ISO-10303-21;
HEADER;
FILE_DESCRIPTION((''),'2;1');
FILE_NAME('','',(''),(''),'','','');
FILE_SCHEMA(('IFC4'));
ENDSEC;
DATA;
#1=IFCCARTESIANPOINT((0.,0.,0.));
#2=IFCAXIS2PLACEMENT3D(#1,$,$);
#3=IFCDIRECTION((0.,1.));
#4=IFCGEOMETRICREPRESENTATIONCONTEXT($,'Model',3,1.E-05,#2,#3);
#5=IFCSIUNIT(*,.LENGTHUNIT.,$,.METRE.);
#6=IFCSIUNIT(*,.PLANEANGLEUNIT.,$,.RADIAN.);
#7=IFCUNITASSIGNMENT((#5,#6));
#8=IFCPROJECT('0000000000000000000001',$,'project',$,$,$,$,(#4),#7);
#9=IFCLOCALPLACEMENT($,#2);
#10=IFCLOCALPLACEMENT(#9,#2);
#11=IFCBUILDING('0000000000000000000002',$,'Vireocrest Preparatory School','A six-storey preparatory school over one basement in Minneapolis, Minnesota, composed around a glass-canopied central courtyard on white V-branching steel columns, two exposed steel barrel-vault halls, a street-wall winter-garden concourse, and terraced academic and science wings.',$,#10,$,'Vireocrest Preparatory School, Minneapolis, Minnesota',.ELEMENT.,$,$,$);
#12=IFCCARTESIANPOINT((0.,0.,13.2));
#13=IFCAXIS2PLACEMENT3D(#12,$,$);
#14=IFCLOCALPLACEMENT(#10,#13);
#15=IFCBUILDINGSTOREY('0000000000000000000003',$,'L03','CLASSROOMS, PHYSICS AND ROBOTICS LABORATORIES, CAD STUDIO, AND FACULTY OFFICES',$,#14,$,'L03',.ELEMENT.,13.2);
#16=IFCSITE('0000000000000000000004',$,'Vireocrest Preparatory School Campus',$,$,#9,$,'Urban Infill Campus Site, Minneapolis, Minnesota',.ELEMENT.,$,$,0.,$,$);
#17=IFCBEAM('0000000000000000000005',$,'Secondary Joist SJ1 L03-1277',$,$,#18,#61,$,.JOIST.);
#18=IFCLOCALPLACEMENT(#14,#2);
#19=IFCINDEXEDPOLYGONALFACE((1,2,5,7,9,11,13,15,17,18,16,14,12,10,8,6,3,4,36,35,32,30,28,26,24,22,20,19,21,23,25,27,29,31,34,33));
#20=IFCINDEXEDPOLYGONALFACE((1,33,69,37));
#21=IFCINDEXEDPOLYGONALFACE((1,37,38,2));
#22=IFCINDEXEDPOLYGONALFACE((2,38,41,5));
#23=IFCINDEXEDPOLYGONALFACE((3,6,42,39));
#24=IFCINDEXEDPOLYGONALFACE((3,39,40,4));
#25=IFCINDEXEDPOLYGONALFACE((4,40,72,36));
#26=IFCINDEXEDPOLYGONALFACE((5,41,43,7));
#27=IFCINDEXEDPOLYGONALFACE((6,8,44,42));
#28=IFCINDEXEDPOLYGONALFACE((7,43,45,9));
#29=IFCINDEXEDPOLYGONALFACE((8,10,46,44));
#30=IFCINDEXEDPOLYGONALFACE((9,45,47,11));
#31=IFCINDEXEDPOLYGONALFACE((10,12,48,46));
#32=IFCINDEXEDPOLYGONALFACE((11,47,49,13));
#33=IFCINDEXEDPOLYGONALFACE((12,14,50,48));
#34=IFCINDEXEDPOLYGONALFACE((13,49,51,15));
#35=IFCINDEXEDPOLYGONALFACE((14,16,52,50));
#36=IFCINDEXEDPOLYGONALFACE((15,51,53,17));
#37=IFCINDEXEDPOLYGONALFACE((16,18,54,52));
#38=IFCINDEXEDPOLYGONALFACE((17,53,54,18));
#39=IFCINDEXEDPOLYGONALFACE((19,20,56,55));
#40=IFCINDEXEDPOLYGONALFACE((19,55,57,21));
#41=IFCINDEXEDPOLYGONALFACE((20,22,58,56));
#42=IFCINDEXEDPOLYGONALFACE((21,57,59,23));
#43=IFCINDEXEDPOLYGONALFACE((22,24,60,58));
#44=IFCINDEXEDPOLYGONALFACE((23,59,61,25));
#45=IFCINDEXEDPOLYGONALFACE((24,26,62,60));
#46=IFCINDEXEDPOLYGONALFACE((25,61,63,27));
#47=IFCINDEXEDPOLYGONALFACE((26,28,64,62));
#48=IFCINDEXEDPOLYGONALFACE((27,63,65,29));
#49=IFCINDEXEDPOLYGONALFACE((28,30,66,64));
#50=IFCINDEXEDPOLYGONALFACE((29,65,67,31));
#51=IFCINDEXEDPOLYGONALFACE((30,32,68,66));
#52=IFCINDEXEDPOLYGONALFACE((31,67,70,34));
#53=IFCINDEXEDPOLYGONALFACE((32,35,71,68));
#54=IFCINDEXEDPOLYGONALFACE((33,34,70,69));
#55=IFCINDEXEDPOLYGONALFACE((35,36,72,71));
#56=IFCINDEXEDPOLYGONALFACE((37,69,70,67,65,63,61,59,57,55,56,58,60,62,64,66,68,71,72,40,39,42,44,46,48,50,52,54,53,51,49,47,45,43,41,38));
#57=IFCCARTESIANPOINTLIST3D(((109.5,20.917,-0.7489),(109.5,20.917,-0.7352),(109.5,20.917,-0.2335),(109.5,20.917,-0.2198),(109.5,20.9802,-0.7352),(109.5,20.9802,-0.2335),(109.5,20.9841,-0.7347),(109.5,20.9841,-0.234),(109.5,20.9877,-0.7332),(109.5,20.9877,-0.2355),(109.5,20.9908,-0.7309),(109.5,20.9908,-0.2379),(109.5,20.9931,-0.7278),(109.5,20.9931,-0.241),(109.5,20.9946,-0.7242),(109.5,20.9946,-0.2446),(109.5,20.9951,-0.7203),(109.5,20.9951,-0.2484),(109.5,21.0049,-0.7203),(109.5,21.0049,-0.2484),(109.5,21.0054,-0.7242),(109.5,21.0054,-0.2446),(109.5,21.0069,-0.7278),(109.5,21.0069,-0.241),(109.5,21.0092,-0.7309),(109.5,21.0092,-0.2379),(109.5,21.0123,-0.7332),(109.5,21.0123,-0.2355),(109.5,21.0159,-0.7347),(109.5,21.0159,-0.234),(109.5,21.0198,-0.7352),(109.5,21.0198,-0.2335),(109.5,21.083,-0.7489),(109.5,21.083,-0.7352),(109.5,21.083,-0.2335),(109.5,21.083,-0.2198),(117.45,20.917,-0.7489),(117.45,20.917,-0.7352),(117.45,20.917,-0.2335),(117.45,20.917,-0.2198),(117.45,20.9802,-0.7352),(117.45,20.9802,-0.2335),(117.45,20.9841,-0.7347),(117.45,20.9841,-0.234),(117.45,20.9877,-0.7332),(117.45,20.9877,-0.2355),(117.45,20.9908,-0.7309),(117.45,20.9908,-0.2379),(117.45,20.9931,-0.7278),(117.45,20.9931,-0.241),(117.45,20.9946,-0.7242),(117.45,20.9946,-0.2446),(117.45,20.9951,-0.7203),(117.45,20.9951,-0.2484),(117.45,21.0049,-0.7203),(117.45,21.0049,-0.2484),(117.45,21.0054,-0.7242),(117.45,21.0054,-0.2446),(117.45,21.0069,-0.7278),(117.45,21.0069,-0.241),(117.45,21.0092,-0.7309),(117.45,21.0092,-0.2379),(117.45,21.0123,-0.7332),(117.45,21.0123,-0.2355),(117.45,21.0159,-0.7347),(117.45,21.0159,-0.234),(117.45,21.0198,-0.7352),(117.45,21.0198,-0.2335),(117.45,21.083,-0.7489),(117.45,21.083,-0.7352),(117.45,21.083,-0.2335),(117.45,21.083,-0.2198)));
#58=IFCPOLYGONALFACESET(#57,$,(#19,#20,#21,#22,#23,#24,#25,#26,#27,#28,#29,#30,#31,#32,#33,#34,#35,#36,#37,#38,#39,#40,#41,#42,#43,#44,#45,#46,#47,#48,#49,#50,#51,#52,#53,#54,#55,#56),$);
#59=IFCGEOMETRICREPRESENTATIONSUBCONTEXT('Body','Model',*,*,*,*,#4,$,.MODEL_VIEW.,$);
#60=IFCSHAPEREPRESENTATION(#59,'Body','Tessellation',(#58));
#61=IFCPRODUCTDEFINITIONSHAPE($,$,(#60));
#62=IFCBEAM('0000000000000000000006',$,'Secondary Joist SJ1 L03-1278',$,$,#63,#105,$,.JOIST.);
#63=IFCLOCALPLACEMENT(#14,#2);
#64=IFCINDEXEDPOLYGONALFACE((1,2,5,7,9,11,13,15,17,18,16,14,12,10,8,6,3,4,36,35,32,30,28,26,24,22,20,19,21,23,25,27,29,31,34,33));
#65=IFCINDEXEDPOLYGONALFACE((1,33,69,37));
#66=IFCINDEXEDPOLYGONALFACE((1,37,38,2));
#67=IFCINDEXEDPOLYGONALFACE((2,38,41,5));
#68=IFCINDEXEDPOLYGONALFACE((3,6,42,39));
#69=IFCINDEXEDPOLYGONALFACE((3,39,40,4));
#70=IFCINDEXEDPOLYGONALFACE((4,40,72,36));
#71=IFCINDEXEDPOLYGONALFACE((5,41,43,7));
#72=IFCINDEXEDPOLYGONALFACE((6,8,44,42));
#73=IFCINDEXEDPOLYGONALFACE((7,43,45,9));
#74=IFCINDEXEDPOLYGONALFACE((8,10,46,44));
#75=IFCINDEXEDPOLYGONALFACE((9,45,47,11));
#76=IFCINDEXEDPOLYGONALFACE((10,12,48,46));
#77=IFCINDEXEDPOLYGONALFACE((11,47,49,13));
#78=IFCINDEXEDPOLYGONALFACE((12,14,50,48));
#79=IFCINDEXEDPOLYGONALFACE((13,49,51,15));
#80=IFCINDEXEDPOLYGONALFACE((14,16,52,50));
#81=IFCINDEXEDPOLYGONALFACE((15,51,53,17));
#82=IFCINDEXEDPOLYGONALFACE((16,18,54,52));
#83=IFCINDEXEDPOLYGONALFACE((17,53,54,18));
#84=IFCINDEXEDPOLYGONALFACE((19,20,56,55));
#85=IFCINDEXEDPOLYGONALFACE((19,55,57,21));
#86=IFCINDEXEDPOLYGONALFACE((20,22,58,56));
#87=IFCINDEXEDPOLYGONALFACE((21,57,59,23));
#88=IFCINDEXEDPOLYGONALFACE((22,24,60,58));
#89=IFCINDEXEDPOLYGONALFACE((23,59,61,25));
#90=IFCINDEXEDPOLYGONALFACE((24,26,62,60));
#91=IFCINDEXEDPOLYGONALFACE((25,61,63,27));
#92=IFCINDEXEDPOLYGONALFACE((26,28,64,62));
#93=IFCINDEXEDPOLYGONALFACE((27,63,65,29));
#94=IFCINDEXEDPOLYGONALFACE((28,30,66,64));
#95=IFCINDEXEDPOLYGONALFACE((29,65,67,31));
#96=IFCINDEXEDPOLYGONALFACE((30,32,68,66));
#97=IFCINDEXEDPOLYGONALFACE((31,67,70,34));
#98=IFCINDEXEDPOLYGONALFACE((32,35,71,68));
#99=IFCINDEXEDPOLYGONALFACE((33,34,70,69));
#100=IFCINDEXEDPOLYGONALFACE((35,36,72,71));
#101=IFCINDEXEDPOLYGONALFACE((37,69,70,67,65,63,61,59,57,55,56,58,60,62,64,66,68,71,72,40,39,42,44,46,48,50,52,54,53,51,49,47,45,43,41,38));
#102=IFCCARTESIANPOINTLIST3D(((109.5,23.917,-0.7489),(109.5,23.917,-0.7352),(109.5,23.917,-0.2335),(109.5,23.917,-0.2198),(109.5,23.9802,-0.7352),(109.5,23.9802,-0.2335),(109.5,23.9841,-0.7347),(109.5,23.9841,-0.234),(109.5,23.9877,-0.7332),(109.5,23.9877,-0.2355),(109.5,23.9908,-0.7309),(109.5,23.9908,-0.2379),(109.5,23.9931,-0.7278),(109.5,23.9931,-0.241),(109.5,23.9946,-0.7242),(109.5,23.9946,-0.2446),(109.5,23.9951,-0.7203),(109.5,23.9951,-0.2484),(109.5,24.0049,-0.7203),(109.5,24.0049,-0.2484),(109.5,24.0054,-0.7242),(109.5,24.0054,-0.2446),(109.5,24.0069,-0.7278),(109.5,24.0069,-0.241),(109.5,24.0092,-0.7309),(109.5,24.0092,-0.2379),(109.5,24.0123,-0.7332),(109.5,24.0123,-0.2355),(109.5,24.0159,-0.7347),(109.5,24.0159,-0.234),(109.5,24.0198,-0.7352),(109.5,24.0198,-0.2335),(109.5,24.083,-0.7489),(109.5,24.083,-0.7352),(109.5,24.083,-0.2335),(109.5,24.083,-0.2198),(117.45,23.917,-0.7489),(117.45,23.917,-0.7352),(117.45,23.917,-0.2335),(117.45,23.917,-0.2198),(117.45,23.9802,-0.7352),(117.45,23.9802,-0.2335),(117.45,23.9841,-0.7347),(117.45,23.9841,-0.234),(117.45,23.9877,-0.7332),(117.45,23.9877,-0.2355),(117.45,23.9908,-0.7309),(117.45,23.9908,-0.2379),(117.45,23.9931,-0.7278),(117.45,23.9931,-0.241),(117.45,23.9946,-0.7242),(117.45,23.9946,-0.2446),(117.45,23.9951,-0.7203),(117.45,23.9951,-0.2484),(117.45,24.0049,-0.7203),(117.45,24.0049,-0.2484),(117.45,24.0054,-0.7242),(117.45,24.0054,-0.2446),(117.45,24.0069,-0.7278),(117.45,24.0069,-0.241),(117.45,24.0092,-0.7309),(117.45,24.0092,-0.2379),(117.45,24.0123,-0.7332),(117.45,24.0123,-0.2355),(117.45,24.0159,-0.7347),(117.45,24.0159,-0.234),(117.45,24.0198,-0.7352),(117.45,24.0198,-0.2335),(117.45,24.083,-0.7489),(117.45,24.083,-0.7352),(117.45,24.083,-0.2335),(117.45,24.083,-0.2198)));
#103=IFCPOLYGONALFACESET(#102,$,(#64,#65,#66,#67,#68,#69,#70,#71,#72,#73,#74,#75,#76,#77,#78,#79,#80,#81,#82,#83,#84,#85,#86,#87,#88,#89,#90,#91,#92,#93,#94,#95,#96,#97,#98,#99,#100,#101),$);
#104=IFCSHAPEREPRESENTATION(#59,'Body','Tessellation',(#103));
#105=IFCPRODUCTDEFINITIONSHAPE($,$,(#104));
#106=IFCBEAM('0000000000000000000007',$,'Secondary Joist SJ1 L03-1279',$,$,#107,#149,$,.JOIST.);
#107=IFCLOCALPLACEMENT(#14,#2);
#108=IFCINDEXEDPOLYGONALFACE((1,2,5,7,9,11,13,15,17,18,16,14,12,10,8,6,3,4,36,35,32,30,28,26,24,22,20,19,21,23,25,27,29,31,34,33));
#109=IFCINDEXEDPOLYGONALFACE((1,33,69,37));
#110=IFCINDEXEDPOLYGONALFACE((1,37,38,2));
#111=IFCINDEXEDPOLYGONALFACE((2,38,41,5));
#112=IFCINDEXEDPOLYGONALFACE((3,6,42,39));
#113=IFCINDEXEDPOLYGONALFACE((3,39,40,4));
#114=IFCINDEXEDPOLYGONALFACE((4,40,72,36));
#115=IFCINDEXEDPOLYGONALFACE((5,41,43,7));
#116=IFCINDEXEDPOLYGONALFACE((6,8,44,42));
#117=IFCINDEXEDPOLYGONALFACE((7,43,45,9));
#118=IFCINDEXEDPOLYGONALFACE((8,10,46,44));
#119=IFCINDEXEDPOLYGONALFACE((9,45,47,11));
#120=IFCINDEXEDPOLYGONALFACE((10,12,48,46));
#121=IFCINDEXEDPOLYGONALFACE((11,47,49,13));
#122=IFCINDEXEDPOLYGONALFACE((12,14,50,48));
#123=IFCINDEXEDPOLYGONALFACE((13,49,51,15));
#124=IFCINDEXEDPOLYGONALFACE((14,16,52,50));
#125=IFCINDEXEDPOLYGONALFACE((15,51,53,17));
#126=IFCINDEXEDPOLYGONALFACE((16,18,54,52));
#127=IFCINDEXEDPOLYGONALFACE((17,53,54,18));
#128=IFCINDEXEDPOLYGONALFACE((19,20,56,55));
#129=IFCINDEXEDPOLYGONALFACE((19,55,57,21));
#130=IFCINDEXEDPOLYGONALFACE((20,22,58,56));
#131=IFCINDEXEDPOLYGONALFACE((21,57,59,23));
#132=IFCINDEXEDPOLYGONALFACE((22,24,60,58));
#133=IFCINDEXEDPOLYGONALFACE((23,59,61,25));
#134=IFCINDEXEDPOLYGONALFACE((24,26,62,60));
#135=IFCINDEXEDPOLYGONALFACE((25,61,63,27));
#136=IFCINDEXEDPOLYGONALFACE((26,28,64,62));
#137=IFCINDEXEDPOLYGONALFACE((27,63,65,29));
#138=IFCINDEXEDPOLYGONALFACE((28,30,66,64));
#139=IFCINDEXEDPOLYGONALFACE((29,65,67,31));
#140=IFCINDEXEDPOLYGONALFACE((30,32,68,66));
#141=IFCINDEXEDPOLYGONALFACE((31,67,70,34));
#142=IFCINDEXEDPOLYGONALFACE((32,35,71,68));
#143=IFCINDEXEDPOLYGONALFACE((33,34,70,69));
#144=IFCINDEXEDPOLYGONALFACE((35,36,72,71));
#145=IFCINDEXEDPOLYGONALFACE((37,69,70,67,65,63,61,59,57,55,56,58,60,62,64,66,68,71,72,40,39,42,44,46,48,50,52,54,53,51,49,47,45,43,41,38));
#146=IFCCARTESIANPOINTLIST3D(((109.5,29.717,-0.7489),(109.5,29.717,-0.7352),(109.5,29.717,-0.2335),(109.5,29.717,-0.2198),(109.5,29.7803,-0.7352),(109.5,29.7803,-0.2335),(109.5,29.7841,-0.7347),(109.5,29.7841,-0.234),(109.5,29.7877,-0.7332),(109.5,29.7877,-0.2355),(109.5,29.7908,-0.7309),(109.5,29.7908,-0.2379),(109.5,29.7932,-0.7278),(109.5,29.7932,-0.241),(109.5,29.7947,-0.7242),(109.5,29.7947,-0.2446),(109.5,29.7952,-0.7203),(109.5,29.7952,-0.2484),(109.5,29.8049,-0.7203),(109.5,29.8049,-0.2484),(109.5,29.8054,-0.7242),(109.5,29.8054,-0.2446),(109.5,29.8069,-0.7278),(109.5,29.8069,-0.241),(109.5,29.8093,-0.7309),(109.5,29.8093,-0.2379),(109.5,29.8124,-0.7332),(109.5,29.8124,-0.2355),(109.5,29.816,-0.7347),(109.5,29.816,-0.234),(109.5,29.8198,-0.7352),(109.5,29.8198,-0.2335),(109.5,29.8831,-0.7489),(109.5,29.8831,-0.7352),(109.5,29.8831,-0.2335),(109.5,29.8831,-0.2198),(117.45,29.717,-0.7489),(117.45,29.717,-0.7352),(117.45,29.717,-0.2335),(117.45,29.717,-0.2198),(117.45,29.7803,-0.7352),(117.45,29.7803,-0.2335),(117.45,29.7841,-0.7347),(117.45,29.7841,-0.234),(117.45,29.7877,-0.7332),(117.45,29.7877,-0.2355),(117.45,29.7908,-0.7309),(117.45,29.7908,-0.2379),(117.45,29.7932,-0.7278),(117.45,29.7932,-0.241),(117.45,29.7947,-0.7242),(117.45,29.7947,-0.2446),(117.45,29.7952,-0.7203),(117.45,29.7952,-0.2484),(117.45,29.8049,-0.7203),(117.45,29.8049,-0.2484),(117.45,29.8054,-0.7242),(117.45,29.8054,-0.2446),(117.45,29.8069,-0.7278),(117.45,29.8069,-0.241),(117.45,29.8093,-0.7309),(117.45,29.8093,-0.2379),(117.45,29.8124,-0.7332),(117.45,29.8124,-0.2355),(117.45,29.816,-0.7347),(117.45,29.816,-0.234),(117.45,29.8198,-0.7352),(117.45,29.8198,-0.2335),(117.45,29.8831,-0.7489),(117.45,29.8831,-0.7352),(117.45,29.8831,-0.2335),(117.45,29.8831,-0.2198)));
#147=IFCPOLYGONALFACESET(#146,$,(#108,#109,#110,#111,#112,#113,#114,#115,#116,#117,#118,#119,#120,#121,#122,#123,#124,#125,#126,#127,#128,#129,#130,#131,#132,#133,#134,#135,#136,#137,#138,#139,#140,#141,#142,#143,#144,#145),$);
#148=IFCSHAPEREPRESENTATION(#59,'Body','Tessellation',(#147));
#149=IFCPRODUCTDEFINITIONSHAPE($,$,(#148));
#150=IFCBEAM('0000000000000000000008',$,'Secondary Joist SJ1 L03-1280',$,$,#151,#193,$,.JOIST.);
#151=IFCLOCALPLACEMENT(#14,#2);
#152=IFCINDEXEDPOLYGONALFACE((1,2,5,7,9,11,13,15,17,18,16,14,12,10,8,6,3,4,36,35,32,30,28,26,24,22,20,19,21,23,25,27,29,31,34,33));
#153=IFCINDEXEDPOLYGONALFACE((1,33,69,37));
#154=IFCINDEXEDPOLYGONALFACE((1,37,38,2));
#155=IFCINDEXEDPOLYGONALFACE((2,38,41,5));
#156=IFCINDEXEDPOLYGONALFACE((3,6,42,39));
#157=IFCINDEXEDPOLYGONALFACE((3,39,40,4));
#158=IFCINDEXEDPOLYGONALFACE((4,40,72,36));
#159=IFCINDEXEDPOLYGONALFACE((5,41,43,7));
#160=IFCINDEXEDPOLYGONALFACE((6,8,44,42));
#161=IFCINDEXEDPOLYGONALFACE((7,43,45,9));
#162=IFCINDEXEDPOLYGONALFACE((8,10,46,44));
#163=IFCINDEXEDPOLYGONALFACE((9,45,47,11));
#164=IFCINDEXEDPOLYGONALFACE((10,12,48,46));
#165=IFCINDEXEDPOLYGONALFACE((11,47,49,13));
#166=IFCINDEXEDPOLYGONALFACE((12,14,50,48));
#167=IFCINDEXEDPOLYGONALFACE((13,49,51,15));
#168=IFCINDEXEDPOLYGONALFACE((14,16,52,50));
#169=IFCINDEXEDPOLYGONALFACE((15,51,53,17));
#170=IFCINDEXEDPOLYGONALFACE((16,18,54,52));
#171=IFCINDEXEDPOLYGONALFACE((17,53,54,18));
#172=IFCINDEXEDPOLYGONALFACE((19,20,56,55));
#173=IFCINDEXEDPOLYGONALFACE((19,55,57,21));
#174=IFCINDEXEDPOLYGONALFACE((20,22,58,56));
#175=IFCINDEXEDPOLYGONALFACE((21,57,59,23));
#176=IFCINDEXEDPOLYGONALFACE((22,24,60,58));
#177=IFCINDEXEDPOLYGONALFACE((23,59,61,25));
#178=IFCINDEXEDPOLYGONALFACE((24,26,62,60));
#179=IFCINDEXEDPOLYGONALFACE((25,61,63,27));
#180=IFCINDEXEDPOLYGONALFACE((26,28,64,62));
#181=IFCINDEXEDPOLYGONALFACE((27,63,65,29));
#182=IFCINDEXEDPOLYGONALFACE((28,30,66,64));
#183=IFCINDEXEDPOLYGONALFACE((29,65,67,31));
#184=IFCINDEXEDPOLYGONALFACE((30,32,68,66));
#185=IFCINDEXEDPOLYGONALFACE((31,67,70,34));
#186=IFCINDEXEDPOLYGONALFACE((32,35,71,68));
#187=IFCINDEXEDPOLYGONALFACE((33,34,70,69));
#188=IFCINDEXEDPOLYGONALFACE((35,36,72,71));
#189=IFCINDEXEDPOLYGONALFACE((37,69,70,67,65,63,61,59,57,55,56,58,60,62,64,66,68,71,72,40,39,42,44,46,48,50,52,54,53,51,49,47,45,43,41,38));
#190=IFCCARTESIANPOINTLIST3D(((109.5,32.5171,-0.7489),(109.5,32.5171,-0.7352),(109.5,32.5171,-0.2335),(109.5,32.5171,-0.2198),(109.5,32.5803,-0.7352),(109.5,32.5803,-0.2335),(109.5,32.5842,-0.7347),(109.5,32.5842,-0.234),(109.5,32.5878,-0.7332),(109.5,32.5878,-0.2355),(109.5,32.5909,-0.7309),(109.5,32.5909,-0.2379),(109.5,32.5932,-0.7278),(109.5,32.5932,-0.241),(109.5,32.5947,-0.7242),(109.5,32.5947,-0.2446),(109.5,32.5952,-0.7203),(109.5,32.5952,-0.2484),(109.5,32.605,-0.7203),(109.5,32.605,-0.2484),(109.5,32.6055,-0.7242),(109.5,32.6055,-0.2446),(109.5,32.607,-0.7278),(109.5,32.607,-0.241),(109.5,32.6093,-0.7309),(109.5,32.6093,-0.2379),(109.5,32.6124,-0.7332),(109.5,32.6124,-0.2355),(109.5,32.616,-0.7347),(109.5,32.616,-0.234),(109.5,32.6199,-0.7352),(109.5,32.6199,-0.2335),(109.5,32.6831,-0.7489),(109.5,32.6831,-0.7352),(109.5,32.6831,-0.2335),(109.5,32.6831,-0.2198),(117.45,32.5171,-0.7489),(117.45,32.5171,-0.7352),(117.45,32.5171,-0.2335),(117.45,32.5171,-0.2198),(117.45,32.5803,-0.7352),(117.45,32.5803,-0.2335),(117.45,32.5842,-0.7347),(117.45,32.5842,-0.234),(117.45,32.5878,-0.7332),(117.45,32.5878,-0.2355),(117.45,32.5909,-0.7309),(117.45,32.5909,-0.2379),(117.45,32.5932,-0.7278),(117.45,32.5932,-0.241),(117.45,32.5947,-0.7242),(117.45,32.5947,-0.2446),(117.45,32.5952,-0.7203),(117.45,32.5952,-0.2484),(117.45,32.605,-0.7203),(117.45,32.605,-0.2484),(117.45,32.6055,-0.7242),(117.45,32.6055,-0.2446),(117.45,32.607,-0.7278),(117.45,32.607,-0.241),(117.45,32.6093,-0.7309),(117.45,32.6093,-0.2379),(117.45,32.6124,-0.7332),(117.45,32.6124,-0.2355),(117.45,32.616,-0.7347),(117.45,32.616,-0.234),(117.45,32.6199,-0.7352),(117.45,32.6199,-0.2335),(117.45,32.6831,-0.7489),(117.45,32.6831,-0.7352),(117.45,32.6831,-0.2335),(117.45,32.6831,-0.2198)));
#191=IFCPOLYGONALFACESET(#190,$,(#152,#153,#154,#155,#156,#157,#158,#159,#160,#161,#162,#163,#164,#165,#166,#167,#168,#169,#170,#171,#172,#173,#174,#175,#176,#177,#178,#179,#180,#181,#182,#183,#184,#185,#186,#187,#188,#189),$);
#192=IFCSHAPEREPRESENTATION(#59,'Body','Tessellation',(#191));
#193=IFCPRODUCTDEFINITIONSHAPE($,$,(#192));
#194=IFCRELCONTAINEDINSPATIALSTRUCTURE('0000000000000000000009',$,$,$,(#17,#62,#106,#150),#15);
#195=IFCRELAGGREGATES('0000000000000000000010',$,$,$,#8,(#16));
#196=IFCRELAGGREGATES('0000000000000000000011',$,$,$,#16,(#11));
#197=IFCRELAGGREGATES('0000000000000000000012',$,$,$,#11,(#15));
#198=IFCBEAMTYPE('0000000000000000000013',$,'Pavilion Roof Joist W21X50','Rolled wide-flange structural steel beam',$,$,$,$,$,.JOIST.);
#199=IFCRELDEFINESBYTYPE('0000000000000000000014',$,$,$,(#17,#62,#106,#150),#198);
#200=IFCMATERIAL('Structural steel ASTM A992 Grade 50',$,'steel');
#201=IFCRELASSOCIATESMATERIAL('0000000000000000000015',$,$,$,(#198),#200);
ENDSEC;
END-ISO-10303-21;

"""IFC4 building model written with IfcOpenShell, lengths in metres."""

from ifc_helpers import new_model, si_unit, direction, frame, origin, origin_2d, place, context, subcontext, project, spatial, i_section, extrude, material, material_profile, profile_set, type_object, element, save


model = new_model("IFC4")

# Units and contexts
model_context = context("Model", 3, precision=1e-05, world=origin(), true_north=direction((0.0, 1.0)))
body_context = subcontext(model_context, "Body", "Model", "MODEL_VIEW")
ifc_project = project(units=[si_unit("LENGTHUNIT", "METRE"), si_unit("PLANEANGLEUNIT", "RADIAN")], contexts=[model_context])

# Site, building, storey
site_placement = place(None, origin())
site = spatial("IfcSite", under=ifc_project, at=site_placement, Name="Vireocrest Preparatory School Campus", LongName="Urban Infill Campus Site, Minneapolis, Minnesota", CompositionType="ELEMENT", RefElevation=0.0)
building_placement = place(site_placement, origin())
building = spatial("IfcBuilding", under=site, at=building_placement, Name="Vireocrest Preparatory School", Description="A six-storey preparatory school over one basement in Minneapolis, Minnesota, composed around a glass-canopied central courtyard on white V-branching steel columns, two exposed steel barrel-vault halls, a street-wall winter-garden concourse, and terraced academic and science wings.", LongName="Vireocrest Preparatory School, Minneapolis, Minnesota", CompositionType="ELEMENT")
storey_placement = place(building_placement, frame((0.0, 0.0, 13.2)))
storey = spatial("IfcBuildingStorey", under=building, at=storey_placement, Name="L03", Description="CLASSROOMS, PHYSICS AND ROBOTICS LABORATORIES, CAD STUDIO, AND FACULTY OFFICES", LongName="L03", CompositionType="ELEMENT", Elevation=13.2)

# Beams
ifc_material_1 = material(Name="Structural steel ASTM A992 Grade 50", Category="steel")
ifc_material_profile_1 = material_profile(ifc_material_1, i_section(OverallWidth=0.166, OverallDepth=0.5291, WebThickness=0.0098, FlangeThickness=0.0137, FilletRadius=0.0149, at=origin_2d()), Name="W21X50")
ifc_profile_set_1 = profile_set([ifc_material_profile_1], Name="Structural steel ASTM A992 Grade 50")
beam_type_1 = type_object("IfcBeamType", Name="Pavilion Roof Joist W21X50", Description="Rolled wide-flange structural steel beam", PredefinedType="JOIST", material=ifc_profile_set_1)
for number, where, z_axis, x_axis, name in (
    (1, (109.5, 21.0, -0.4844), (1.0, 0.0, 0.0), (0.0, 1.0, 0.0), "Secondary Joist SJ1 L03-1277"),
    (2, (109.5, 24.0, -0.4844), (1.0, 0.0, 0.0), (0.0, 1.0, 0.0), "Secondary Joist SJ1 L03-1278"),
    (3, (109.5, 29.8, -0.4844), (1.0, 0.0, 0.0), (0.0, 1.0, 0.0), "Secondary Joist SJ1 L03-1279"),
    (4, (109.5, 32.6001, -0.4844), (1.0, 0.0, 0.0), (0.0, 1.0, 0.0), "Secondary Joist SJ1 L03-1280"),
):
    element("IfcBeam", number, at=place(storey_placement, frame(where, z_axis=z_axis, x_axis=x_axis)), inside=storey, type_object=beam_type_1, Name=name, PredefinedType="JOIST", context=body_context, shape_type="SweptSolid", body=[
        extrude(i_section(OverallWidth=0.166, OverallDepth=0.5291, WebThickness=0.0098, FlangeThickness=0.0137, FilletRadius=0.0149, at=origin_2d()), origin(), (0.0, 0.0, 1.0), 7.95),
    ])

save(model, "model.ifc")
